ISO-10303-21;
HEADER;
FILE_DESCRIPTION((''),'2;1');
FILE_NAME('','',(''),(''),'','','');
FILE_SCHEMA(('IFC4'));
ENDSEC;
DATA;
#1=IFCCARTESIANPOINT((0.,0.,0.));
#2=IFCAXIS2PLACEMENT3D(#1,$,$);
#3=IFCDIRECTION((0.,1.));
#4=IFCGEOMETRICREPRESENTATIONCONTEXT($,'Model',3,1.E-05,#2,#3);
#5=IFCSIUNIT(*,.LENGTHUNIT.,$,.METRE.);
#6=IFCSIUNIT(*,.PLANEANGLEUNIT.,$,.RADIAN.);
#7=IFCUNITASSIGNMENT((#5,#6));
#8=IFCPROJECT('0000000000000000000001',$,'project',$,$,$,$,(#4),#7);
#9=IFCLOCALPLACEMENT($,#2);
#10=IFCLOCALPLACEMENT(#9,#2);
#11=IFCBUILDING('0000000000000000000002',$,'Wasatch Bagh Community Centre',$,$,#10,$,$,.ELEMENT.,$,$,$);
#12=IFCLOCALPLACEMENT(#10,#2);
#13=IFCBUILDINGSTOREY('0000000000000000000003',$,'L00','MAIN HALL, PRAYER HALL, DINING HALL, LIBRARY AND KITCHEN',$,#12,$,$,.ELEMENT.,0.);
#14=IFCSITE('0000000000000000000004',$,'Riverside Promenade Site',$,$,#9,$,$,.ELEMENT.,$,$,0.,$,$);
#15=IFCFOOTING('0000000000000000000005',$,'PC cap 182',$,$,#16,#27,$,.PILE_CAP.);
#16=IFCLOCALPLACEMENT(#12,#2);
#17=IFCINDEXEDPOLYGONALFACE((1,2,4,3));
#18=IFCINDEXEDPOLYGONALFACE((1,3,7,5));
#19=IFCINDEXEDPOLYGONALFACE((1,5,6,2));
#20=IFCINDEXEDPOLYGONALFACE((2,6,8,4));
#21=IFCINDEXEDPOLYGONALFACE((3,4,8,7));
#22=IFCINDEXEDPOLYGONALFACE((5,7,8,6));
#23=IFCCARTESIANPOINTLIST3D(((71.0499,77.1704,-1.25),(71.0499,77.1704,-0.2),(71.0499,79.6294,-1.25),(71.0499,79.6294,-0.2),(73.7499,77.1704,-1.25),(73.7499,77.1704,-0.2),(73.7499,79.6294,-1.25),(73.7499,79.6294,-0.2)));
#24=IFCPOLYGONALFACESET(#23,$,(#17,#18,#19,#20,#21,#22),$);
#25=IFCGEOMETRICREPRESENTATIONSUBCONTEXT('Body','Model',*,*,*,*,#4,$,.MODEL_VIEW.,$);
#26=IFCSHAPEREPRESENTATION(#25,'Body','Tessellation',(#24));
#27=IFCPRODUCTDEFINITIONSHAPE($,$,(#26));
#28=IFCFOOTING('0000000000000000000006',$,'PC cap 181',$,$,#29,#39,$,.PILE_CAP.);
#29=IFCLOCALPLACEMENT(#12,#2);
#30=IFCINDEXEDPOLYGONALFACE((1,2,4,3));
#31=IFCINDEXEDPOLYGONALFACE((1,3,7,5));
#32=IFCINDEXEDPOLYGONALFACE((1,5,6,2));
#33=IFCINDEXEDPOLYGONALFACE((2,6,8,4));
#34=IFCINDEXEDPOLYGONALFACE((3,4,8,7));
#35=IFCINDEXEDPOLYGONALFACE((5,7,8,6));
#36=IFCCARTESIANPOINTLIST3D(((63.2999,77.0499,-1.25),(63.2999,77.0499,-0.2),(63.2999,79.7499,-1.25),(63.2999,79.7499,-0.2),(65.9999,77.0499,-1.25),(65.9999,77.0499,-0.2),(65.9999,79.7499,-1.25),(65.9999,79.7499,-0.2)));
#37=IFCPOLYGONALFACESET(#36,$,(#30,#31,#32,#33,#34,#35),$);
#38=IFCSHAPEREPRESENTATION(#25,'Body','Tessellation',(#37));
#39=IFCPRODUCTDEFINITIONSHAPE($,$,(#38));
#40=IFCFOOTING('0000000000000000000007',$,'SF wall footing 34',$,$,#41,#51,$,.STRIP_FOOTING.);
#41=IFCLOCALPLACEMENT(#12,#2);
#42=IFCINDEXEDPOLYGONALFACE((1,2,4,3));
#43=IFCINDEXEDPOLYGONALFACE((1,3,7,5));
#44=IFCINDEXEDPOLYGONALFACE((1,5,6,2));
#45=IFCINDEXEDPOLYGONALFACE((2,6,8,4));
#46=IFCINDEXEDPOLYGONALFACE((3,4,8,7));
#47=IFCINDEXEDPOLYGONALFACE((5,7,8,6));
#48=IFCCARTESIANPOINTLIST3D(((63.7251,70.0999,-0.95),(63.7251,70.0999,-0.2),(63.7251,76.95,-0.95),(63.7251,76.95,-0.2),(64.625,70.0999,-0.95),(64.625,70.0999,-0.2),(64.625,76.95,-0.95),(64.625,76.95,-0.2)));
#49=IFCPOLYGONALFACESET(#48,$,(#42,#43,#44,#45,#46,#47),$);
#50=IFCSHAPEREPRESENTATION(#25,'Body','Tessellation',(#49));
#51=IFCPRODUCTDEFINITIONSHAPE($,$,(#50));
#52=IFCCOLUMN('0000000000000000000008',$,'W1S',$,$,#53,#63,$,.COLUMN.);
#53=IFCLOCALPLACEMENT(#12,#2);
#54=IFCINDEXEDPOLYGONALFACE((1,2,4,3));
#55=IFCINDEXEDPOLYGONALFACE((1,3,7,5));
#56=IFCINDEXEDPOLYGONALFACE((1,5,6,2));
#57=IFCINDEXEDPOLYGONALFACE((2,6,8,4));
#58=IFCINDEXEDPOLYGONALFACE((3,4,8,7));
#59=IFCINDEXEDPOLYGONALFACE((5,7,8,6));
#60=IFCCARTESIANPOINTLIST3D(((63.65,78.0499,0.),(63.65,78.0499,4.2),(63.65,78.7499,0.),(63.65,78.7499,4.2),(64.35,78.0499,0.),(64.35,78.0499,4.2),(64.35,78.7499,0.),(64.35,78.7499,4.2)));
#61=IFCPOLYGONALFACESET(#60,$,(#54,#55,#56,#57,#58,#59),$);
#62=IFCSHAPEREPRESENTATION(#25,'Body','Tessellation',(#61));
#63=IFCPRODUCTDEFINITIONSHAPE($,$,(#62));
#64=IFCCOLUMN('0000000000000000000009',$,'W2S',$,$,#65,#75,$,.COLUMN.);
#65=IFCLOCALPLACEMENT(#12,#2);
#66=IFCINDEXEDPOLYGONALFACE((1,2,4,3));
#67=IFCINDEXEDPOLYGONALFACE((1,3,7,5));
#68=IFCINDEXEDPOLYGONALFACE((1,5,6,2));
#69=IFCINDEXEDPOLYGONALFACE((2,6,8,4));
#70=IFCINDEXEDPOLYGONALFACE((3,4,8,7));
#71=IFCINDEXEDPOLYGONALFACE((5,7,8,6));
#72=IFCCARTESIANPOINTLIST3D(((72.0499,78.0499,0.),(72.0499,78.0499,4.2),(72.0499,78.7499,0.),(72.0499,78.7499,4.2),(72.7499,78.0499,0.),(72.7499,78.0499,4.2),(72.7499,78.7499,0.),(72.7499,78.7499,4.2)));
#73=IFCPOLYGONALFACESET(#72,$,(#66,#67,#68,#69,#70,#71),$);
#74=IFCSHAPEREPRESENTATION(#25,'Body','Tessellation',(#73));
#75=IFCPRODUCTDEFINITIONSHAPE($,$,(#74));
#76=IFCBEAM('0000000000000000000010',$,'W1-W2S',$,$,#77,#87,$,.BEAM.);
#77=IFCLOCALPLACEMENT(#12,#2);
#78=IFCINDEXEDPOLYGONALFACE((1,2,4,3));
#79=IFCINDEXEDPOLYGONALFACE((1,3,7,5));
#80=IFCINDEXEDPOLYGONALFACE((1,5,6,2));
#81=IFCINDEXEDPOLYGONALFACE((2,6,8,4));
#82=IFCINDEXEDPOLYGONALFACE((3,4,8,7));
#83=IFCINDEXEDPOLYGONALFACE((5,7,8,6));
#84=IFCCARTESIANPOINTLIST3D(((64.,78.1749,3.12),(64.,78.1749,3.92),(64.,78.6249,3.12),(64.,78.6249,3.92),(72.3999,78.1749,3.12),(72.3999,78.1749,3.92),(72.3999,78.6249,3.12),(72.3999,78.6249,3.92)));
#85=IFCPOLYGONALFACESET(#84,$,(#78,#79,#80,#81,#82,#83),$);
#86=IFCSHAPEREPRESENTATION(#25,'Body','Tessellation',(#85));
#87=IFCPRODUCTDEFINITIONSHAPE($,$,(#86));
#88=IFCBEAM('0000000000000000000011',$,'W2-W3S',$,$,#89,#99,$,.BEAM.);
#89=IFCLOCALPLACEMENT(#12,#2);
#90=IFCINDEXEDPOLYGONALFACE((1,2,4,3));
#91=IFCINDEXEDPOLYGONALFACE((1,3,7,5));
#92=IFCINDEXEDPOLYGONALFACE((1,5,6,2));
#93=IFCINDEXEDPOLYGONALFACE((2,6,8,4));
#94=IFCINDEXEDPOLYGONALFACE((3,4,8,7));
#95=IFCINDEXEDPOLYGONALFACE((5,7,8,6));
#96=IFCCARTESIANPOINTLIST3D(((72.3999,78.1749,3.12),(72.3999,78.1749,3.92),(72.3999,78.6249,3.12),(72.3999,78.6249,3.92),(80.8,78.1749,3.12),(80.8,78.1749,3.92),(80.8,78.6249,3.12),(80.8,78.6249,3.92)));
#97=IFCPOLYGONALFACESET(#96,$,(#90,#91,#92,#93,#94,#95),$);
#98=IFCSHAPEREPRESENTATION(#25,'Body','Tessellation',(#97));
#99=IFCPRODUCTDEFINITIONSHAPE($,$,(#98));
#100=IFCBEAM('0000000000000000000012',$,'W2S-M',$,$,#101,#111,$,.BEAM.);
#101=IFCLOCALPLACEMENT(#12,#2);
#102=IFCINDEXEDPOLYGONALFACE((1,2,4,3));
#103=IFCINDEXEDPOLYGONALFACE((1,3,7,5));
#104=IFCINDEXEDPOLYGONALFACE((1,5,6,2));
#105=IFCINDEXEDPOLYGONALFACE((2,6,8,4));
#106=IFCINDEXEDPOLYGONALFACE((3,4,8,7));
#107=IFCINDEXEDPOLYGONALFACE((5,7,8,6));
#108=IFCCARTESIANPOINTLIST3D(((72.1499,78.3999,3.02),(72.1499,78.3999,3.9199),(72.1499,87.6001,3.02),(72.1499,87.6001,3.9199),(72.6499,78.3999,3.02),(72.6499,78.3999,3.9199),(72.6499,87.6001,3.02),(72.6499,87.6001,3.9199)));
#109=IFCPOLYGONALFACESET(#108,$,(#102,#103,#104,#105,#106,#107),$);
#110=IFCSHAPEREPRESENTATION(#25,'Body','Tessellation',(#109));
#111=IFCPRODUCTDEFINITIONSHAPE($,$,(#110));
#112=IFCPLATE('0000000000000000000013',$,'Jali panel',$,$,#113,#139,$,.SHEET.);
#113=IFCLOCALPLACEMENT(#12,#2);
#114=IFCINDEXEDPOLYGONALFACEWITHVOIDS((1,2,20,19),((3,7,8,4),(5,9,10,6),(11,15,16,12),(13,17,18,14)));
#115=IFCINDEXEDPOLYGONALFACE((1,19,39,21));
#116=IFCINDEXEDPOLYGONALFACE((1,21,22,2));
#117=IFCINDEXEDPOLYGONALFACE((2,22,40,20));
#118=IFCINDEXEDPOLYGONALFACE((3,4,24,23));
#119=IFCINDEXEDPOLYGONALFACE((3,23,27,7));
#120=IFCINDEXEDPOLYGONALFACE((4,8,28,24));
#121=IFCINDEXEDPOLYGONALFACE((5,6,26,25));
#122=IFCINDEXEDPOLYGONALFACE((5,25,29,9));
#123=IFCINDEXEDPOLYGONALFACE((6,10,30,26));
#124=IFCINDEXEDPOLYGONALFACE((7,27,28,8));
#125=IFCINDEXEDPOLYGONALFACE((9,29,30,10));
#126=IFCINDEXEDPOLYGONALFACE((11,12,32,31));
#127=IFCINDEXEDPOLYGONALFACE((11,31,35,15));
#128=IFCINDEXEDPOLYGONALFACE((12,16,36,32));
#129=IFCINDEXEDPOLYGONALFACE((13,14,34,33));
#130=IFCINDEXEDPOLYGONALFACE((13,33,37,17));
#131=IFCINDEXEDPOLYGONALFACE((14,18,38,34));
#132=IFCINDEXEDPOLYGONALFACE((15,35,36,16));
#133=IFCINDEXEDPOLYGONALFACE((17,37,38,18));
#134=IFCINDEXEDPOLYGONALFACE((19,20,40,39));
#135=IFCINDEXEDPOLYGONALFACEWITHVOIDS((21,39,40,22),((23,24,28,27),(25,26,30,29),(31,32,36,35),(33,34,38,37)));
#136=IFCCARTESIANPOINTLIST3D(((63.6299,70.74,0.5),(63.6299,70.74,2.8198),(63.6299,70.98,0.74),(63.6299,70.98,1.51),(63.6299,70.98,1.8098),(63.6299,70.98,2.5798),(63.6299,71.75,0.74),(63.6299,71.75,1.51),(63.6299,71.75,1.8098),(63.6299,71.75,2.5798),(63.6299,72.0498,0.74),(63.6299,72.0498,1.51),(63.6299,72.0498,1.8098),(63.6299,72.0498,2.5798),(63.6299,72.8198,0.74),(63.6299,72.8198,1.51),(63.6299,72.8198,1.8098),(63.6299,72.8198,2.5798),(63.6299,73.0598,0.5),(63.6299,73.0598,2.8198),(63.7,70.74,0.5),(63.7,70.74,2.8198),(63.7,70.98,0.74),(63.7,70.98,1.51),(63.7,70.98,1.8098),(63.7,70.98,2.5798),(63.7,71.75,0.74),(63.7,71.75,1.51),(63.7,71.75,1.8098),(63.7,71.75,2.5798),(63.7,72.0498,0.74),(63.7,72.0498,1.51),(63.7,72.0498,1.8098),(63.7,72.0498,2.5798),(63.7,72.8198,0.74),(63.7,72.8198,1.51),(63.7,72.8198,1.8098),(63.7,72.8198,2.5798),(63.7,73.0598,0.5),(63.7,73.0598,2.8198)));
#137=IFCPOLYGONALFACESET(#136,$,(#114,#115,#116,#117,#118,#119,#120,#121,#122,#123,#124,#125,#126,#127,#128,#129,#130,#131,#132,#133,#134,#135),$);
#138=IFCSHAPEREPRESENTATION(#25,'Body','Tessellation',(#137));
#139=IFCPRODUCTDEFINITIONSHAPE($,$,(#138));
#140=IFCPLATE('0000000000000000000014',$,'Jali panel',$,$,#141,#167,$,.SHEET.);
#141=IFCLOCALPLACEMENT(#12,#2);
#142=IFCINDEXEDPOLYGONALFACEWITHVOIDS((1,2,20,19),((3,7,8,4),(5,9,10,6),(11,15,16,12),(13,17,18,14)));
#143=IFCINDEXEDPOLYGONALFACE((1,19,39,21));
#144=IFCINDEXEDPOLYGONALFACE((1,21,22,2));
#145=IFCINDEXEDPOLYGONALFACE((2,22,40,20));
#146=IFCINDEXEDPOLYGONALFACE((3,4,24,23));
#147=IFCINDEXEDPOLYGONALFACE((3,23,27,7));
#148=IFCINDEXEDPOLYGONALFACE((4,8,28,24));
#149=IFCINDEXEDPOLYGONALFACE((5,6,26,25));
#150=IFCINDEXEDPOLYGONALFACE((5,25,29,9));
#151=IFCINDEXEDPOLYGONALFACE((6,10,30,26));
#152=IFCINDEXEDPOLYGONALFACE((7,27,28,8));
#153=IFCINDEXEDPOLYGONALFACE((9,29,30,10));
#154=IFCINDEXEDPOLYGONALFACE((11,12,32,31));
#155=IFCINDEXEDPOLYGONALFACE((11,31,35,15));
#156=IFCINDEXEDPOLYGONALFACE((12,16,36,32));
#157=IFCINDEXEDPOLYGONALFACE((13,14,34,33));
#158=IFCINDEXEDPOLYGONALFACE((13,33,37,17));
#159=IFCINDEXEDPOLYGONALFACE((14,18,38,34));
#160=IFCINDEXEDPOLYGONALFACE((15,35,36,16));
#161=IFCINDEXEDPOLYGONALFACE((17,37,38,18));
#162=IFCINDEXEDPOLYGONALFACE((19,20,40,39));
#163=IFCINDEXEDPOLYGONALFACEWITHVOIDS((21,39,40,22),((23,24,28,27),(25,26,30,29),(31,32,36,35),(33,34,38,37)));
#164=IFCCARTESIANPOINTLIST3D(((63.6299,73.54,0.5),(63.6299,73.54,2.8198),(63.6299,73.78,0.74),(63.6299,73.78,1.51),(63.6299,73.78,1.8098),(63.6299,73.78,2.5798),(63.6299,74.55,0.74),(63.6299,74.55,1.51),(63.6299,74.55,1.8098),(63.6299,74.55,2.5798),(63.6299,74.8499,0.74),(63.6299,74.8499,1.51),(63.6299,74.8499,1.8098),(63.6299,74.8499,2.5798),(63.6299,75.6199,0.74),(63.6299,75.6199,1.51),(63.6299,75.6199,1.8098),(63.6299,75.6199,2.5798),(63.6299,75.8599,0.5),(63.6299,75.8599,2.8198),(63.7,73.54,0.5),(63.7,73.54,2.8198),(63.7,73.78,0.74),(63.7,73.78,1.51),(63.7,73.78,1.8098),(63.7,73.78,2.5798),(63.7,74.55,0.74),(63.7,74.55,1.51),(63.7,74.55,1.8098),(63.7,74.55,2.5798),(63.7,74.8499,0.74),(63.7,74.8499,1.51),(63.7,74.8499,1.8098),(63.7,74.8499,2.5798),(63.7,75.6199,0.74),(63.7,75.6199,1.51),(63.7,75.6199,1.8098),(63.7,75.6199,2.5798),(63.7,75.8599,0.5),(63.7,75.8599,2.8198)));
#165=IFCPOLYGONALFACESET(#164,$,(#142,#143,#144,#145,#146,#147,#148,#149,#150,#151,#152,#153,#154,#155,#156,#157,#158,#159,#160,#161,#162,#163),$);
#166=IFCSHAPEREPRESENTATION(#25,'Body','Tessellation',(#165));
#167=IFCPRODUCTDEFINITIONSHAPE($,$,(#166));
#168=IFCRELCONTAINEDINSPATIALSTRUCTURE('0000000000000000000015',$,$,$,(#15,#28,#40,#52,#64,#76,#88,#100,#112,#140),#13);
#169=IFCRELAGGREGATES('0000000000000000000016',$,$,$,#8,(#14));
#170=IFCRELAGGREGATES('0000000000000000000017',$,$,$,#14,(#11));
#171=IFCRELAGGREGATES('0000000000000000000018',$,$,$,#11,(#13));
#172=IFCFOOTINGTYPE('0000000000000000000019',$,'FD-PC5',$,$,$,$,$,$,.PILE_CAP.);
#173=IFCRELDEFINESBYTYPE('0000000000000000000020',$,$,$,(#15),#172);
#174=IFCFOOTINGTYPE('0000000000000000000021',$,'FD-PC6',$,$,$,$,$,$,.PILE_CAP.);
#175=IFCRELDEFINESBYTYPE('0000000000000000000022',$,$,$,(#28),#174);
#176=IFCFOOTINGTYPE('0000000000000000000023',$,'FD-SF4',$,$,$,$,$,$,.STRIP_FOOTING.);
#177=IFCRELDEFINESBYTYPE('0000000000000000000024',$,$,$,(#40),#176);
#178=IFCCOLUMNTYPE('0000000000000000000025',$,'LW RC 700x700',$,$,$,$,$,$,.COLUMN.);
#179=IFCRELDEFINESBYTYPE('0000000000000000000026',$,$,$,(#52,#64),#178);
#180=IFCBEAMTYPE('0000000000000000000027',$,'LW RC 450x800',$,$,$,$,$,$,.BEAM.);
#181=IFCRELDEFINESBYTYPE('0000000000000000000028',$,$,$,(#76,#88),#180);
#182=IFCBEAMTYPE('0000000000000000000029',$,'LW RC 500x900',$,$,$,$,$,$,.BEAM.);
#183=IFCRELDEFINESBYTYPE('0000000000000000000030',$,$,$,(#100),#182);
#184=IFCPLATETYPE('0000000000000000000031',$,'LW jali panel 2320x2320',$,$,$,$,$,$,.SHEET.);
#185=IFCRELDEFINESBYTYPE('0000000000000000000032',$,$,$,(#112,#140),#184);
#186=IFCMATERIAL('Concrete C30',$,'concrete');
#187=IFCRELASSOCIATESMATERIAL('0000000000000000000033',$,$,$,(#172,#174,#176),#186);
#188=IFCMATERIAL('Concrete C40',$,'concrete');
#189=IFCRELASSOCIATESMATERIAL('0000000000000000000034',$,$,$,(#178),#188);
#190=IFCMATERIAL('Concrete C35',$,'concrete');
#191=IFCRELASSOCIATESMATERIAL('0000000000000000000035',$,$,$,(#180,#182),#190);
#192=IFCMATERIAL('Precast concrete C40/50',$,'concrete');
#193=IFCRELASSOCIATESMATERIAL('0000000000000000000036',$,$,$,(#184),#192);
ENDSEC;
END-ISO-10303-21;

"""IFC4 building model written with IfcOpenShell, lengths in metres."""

from ifc_helpers import new_model, si_unit, direction, frame, origin, origin_2d, place, context, subcontext, project, spatial, polyline, rectangle, outline, extrude, material, material_profile, profile_set, type_object, element, save


model = new_model("IFC4")

# Units and contexts
model_context = context("Model", 3, precision=1e-05, world=origin(), true_north=direction((0.0, 1.0)))
body_context = subcontext(model_context, "Body", "Model", "MODEL_VIEW")
ifc_project = project(units=[si_unit("LENGTHUNIT", "METRE"), si_unit("PLANEANGLEUNIT", "RADIAN")], contexts=[model_context])

# Site, building, storey
site_placement = place(None, origin())
site = spatial("IfcSite", under=ifc_project, at=site_placement, Name="Riverside Promenade Site", CompositionType="ELEMENT", RefElevation=0.0)
building_placement = place(site_placement, origin())
building = spatial("IfcBuilding", under=site, at=building_placement, Name="Wasatch Bagh Community Centre", CompositionType="ELEMENT")
storey_placement = place(building_placement, origin())
storey = spatial("IfcBuildingStorey", under=building, at=storey_placement, Name="L00", Description="MAIN HALL, PRAYER HALL, DINING HALL, LIBRARY AND KITCHEN", CompositionType="ELEMENT", Elevation=0.0)

# Shared definitions
ifc_material_1 = material(Name="Concrete C35", Category="concrete")

# Shared definitions
ifc_material_2 = material(Name="Concrete C30", Category="concrete")

# Footings
footing_type_1 = type_object("IfcFootingType", Name="FD-PC5", PredefinedType="PILE_CAP", material=ifc_material_2)
footing_1_placement = place(storey_placement, frame((72.3999, 78.3999, -1.25), z_axis=(0.0, 0.0, 1.0), x_axis=(1.0, 0.0, 0.0)))
element("IfcFooting", 1, at=footing_1_placement, inside=storey, type_object=footing_type_1, Name="PC cap 182", PredefinedType="PILE_CAP", context=body_context, shape_type="SweptSolid", body=[
    extrude(rectangle(XDim=2.7, YDim=2.459, at=origin_2d()), origin(), (0.0, 0.0, 1.0), 1.05),
])
footing_type_2 = type_object("IfcFootingType", Name="FD-PC6", PredefinedType="PILE_CAP", material=ifc_material_2)
footing_2_placement = place(storey_placement, frame((64.6499, 78.3999, -1.25), z_axis=(0.0, 0.0, 1.0), x_axis=(1.0, 0.0, 0.0)))
element("IfcFooting", 2, at=footing_2_placement, inside=storey, type_object=footing_type_2, Name="PC cap 181", PredefinedType="PILE_CAP", context=body_context, shape_type="SweptSolid", body=[
    extrude(rectangle(XDim=2.7, YDim=2.7, at=origin_2d()), origin(), (0.0, 0.0, 1.0), 1.05),
])
footing_type_3 = type_object("IfcFootingType", Name="FD-SF4", PredefinedType="STRIP_FOOTING", material=ifc_material_2)
footing_3_placement = place(storey_placement, frame((64.175, 73.5249, -0.95), z_axis=(0.0, 0.0, 1.0), x_axis=(0.0, 1.0, 0.0)))
element("IfcFooting", 3, at=footing_3_placement, inside=storey, type_object=footing_type_3, Name="SF wall footing 34", PredefinedType="STRIP_FOOTING", context=body_context, shape_type="SweptSolid", body=[
    extrude(rectangle(XDim=6.8501, YDim=0.8999, at=origin_2d()), origin(), (0.0, 0.0, 1.0), 0.75),
])

# Columns
ifc_material_3 = material(Name="Concrete C40", Category="concrete")
ifc_material_profile_1 = material_profile(ifc_material_3, rectangle(XDim=0.7, YDim=0.7, at=origin_2d()), Name="RC 700x700")
ifc_profile_set_1 = profile_set([ifc_material_profile_1], Name="Concrete C40")
column_type = type_object("IfcColumnType", Name="LW RC 700x700", PredefinedType="COLUMN", material=ifc_profile_set_1)
for number, where, z_axis, x_axis, name in (
    (4, (64.0, 78.3999, 0.0), (0.0, 0.0, 1.0), (1.0, 0.0, 0.0), "W1S"),
    (5, (72.3999, 78.3999, 0.0), (0.0, 0.0, 1.0), (1.0, 0.0, 0.0), "W2S"),
):
    element("IfcColumn", number, at=place(storey_placement, frame(where, z_axis=z_axis, x_axis=x_axis)), inside=storey, type_object=column_type, Name=name, PredefinedType="COLUMN", context=body_context, shape_type="SweptSolid", body=[
        extrude(rectangle(XDim=0.7, YDim=0.7, at=origin_2d()), origin(), (0.0, 0.0, 1.0), 4.2),
    ])

# Beams
ifc_material_profile_2 = material_profile(ifc_material_1, rectangle(XDim=0.45, YDim=0.8, at=origin_2d()), Name="RC 450x800")
ifc_profile_set_2 = profile_set([ifc_material_profile_2], Name="Concrete C35")
beam_type_1 = type_object("IfcBeamType", Name="LW RC 450x800", PredefinedType="BEAM", material=ifc_profile_set_2)
beam_1_placement = place(storey_placement, frame((64.0, 78.3999, 3.52), z_axis=(1.0, 0.0, 0.0), x_axis=(0.0, 1.0, 0.0)))
element("IfcBeam", 6, at=beam_1_placement, inside=storey, type_object=beam_type_1, Name="W1-W2S", PredefinedType="BEAM", context=body_context, shape_type="SweptSolid", body=[
    extrude(rectangle(XDim=0.45, YDim=0.8, at=origin_2d()), origin(), (0.0, 0.0, 1.0), 8.3999),
])
beam_2_placement = place(storey_placement, frame((72.3999, 78.3999, 3.52), z_axis=(1.0, 0.0, 0.0), x_axis=(0.0, 1.0, 0.0)))
element("IfcBeam", 7, at=beam_2_placement, inside=storey, type_object=beam_type_1, Name="W2-W3S", PredefinedType="BEAM", context=body_context, shape_type="SweptSolid", body=[
    extrude(rectangle(XDim=0.45, YDim=0.8, at=origin_2d()), origin(), (0.0, 0.0, 1.0), 8.4001),
])
ifc_material_profile_3 = material_profile(ifc_material_1, rectangle(XDim=0.5, YDim=0.8999, at=origin_2d()), Name="RC 500x900")
ifc_profile_set_3 = profile_set([ifc_material_profile_3], Name="Concrete C35")
beam_type_2 = type_object("IfcBeamType", Name="LW RC 500x900", PredefinedType="BEAM", material=ifc_profile_set_3)
beam_3_placement = place(storey_placement, frame((72.3999, 78.3999, 3.47), z_axis=(0.0, 1.0, 0.0), x_axis=(-1.0, 0.0, 0.0)))
element("IfcBeam", 8, at=beam_3_placement, inside=storey, type_object=beam_type_2, Name="W2S-M", PredefinedType="BEAM", context=body_context, shape_type="SweptSolid", body=[
    extrude(rectangle(XDim=0.5, YDim=0.8999, at=origin_2d()), origin(), (0.0, 0.0, 1.0), 9.2002),
])

# Plates
ifc_material_4 = material(Name="Precast concrete C40/50", Category="concrete")
ifc_material_profile_4 = material_profile(ifc_material_4, outline(polyline([(-1.1599, -1.1599), (1.1599, -1.1599), (1.1599, 1.1599), (-1.1599, 1.1599), (-1.1599, -1.1599)]), holes=[polyline([(-0.9199, -0.9199), (-0.1499, -0.9199), (-0.1499, -0.1499), (-0.9199, -0.1499), (-0.9199, -0.9199)]), polyline([(-0.9199, 0.1499), (-0.1499, 0.1499), (-0.1499, 0.9199), (-0.9199, 0.9199), (-0.9199, 0.1499)]), polyline([(0.1499, -0.9199), (0.9199, -0.9199), (0.9199, -0.1499), (0.1499, -0.1499), (0.1499, -0.9199)]), polyline([(0.1499, 0.1499), (0.9199, 0.1499), (0.9199, 0.9199), (0.1499, 0.9199), (0.1499, 0.1499)])]), Name="Jali lattice")
ifc_profile_set_4 = profile_set([ifc_material_profile_4], Name="Precast concrete C40/50")
plate_type = type_object("IfcPlateType", Name="LW jali panel 2320x2320", PredefinedType="SHEET", material=ifc_profile_set_4)
for number, where, z_axis, x_axis, name in (
    (9, (63.7, 71.8999, 1.6599), (-1.0, 0.0, 0.0), (0.0, -1.0, 0.0), "Jali panel"),
    (10, (63.7, 74.7, 1.6599), (-1.0, 0.0, 0.0), (0.0, -1.0, 0.0), "Jali panel"),
):
    element("IfcPlate", number, at=place(storey_placement, frame(where, z_axis=z_axis, x_axis=x_axis)), inside=storey, type_object=plate_type, Name=name, PredefinedType="SHEET", context=body_context, shape_type="SweptSolid", body=[
        extrude(outline(polyline([(-1.1599, -1.1599), (1.1599, -1.1599), (1.1599, 1.1599), (-1.1599, 1.1599), (-1.1599, -1.1599)]), holes=[polyline([(-0.9199, -0.9199), (-0.1499, -0.9199), (-0.1499, -0.1499), (-0.9199, -0.1499), (-0.9199, -0.9199)]), polyline([(-0.9199, 0.1499), (-0.1499, 0.1499), (-0.1499, 0.9199), (-0.9199, 0.9199), (-0.9199, 0.1499)]), polyline([(0.1499, -0.9199), (0.9199, -0.9199), (0.9199, -0.1499), (0.1499, -0.1499), (0.1499, -0.9199)]), polyline([(0.1499, 0.1499), (0.9199, 0.1499), (0.9199, 0.9199), (0.1499, 0.9199), (0.1499, 0.1499)])]), origin(), (0.0, 0.0, 1.0), 0.0701),
    ])

save(model, "model.ifc")
